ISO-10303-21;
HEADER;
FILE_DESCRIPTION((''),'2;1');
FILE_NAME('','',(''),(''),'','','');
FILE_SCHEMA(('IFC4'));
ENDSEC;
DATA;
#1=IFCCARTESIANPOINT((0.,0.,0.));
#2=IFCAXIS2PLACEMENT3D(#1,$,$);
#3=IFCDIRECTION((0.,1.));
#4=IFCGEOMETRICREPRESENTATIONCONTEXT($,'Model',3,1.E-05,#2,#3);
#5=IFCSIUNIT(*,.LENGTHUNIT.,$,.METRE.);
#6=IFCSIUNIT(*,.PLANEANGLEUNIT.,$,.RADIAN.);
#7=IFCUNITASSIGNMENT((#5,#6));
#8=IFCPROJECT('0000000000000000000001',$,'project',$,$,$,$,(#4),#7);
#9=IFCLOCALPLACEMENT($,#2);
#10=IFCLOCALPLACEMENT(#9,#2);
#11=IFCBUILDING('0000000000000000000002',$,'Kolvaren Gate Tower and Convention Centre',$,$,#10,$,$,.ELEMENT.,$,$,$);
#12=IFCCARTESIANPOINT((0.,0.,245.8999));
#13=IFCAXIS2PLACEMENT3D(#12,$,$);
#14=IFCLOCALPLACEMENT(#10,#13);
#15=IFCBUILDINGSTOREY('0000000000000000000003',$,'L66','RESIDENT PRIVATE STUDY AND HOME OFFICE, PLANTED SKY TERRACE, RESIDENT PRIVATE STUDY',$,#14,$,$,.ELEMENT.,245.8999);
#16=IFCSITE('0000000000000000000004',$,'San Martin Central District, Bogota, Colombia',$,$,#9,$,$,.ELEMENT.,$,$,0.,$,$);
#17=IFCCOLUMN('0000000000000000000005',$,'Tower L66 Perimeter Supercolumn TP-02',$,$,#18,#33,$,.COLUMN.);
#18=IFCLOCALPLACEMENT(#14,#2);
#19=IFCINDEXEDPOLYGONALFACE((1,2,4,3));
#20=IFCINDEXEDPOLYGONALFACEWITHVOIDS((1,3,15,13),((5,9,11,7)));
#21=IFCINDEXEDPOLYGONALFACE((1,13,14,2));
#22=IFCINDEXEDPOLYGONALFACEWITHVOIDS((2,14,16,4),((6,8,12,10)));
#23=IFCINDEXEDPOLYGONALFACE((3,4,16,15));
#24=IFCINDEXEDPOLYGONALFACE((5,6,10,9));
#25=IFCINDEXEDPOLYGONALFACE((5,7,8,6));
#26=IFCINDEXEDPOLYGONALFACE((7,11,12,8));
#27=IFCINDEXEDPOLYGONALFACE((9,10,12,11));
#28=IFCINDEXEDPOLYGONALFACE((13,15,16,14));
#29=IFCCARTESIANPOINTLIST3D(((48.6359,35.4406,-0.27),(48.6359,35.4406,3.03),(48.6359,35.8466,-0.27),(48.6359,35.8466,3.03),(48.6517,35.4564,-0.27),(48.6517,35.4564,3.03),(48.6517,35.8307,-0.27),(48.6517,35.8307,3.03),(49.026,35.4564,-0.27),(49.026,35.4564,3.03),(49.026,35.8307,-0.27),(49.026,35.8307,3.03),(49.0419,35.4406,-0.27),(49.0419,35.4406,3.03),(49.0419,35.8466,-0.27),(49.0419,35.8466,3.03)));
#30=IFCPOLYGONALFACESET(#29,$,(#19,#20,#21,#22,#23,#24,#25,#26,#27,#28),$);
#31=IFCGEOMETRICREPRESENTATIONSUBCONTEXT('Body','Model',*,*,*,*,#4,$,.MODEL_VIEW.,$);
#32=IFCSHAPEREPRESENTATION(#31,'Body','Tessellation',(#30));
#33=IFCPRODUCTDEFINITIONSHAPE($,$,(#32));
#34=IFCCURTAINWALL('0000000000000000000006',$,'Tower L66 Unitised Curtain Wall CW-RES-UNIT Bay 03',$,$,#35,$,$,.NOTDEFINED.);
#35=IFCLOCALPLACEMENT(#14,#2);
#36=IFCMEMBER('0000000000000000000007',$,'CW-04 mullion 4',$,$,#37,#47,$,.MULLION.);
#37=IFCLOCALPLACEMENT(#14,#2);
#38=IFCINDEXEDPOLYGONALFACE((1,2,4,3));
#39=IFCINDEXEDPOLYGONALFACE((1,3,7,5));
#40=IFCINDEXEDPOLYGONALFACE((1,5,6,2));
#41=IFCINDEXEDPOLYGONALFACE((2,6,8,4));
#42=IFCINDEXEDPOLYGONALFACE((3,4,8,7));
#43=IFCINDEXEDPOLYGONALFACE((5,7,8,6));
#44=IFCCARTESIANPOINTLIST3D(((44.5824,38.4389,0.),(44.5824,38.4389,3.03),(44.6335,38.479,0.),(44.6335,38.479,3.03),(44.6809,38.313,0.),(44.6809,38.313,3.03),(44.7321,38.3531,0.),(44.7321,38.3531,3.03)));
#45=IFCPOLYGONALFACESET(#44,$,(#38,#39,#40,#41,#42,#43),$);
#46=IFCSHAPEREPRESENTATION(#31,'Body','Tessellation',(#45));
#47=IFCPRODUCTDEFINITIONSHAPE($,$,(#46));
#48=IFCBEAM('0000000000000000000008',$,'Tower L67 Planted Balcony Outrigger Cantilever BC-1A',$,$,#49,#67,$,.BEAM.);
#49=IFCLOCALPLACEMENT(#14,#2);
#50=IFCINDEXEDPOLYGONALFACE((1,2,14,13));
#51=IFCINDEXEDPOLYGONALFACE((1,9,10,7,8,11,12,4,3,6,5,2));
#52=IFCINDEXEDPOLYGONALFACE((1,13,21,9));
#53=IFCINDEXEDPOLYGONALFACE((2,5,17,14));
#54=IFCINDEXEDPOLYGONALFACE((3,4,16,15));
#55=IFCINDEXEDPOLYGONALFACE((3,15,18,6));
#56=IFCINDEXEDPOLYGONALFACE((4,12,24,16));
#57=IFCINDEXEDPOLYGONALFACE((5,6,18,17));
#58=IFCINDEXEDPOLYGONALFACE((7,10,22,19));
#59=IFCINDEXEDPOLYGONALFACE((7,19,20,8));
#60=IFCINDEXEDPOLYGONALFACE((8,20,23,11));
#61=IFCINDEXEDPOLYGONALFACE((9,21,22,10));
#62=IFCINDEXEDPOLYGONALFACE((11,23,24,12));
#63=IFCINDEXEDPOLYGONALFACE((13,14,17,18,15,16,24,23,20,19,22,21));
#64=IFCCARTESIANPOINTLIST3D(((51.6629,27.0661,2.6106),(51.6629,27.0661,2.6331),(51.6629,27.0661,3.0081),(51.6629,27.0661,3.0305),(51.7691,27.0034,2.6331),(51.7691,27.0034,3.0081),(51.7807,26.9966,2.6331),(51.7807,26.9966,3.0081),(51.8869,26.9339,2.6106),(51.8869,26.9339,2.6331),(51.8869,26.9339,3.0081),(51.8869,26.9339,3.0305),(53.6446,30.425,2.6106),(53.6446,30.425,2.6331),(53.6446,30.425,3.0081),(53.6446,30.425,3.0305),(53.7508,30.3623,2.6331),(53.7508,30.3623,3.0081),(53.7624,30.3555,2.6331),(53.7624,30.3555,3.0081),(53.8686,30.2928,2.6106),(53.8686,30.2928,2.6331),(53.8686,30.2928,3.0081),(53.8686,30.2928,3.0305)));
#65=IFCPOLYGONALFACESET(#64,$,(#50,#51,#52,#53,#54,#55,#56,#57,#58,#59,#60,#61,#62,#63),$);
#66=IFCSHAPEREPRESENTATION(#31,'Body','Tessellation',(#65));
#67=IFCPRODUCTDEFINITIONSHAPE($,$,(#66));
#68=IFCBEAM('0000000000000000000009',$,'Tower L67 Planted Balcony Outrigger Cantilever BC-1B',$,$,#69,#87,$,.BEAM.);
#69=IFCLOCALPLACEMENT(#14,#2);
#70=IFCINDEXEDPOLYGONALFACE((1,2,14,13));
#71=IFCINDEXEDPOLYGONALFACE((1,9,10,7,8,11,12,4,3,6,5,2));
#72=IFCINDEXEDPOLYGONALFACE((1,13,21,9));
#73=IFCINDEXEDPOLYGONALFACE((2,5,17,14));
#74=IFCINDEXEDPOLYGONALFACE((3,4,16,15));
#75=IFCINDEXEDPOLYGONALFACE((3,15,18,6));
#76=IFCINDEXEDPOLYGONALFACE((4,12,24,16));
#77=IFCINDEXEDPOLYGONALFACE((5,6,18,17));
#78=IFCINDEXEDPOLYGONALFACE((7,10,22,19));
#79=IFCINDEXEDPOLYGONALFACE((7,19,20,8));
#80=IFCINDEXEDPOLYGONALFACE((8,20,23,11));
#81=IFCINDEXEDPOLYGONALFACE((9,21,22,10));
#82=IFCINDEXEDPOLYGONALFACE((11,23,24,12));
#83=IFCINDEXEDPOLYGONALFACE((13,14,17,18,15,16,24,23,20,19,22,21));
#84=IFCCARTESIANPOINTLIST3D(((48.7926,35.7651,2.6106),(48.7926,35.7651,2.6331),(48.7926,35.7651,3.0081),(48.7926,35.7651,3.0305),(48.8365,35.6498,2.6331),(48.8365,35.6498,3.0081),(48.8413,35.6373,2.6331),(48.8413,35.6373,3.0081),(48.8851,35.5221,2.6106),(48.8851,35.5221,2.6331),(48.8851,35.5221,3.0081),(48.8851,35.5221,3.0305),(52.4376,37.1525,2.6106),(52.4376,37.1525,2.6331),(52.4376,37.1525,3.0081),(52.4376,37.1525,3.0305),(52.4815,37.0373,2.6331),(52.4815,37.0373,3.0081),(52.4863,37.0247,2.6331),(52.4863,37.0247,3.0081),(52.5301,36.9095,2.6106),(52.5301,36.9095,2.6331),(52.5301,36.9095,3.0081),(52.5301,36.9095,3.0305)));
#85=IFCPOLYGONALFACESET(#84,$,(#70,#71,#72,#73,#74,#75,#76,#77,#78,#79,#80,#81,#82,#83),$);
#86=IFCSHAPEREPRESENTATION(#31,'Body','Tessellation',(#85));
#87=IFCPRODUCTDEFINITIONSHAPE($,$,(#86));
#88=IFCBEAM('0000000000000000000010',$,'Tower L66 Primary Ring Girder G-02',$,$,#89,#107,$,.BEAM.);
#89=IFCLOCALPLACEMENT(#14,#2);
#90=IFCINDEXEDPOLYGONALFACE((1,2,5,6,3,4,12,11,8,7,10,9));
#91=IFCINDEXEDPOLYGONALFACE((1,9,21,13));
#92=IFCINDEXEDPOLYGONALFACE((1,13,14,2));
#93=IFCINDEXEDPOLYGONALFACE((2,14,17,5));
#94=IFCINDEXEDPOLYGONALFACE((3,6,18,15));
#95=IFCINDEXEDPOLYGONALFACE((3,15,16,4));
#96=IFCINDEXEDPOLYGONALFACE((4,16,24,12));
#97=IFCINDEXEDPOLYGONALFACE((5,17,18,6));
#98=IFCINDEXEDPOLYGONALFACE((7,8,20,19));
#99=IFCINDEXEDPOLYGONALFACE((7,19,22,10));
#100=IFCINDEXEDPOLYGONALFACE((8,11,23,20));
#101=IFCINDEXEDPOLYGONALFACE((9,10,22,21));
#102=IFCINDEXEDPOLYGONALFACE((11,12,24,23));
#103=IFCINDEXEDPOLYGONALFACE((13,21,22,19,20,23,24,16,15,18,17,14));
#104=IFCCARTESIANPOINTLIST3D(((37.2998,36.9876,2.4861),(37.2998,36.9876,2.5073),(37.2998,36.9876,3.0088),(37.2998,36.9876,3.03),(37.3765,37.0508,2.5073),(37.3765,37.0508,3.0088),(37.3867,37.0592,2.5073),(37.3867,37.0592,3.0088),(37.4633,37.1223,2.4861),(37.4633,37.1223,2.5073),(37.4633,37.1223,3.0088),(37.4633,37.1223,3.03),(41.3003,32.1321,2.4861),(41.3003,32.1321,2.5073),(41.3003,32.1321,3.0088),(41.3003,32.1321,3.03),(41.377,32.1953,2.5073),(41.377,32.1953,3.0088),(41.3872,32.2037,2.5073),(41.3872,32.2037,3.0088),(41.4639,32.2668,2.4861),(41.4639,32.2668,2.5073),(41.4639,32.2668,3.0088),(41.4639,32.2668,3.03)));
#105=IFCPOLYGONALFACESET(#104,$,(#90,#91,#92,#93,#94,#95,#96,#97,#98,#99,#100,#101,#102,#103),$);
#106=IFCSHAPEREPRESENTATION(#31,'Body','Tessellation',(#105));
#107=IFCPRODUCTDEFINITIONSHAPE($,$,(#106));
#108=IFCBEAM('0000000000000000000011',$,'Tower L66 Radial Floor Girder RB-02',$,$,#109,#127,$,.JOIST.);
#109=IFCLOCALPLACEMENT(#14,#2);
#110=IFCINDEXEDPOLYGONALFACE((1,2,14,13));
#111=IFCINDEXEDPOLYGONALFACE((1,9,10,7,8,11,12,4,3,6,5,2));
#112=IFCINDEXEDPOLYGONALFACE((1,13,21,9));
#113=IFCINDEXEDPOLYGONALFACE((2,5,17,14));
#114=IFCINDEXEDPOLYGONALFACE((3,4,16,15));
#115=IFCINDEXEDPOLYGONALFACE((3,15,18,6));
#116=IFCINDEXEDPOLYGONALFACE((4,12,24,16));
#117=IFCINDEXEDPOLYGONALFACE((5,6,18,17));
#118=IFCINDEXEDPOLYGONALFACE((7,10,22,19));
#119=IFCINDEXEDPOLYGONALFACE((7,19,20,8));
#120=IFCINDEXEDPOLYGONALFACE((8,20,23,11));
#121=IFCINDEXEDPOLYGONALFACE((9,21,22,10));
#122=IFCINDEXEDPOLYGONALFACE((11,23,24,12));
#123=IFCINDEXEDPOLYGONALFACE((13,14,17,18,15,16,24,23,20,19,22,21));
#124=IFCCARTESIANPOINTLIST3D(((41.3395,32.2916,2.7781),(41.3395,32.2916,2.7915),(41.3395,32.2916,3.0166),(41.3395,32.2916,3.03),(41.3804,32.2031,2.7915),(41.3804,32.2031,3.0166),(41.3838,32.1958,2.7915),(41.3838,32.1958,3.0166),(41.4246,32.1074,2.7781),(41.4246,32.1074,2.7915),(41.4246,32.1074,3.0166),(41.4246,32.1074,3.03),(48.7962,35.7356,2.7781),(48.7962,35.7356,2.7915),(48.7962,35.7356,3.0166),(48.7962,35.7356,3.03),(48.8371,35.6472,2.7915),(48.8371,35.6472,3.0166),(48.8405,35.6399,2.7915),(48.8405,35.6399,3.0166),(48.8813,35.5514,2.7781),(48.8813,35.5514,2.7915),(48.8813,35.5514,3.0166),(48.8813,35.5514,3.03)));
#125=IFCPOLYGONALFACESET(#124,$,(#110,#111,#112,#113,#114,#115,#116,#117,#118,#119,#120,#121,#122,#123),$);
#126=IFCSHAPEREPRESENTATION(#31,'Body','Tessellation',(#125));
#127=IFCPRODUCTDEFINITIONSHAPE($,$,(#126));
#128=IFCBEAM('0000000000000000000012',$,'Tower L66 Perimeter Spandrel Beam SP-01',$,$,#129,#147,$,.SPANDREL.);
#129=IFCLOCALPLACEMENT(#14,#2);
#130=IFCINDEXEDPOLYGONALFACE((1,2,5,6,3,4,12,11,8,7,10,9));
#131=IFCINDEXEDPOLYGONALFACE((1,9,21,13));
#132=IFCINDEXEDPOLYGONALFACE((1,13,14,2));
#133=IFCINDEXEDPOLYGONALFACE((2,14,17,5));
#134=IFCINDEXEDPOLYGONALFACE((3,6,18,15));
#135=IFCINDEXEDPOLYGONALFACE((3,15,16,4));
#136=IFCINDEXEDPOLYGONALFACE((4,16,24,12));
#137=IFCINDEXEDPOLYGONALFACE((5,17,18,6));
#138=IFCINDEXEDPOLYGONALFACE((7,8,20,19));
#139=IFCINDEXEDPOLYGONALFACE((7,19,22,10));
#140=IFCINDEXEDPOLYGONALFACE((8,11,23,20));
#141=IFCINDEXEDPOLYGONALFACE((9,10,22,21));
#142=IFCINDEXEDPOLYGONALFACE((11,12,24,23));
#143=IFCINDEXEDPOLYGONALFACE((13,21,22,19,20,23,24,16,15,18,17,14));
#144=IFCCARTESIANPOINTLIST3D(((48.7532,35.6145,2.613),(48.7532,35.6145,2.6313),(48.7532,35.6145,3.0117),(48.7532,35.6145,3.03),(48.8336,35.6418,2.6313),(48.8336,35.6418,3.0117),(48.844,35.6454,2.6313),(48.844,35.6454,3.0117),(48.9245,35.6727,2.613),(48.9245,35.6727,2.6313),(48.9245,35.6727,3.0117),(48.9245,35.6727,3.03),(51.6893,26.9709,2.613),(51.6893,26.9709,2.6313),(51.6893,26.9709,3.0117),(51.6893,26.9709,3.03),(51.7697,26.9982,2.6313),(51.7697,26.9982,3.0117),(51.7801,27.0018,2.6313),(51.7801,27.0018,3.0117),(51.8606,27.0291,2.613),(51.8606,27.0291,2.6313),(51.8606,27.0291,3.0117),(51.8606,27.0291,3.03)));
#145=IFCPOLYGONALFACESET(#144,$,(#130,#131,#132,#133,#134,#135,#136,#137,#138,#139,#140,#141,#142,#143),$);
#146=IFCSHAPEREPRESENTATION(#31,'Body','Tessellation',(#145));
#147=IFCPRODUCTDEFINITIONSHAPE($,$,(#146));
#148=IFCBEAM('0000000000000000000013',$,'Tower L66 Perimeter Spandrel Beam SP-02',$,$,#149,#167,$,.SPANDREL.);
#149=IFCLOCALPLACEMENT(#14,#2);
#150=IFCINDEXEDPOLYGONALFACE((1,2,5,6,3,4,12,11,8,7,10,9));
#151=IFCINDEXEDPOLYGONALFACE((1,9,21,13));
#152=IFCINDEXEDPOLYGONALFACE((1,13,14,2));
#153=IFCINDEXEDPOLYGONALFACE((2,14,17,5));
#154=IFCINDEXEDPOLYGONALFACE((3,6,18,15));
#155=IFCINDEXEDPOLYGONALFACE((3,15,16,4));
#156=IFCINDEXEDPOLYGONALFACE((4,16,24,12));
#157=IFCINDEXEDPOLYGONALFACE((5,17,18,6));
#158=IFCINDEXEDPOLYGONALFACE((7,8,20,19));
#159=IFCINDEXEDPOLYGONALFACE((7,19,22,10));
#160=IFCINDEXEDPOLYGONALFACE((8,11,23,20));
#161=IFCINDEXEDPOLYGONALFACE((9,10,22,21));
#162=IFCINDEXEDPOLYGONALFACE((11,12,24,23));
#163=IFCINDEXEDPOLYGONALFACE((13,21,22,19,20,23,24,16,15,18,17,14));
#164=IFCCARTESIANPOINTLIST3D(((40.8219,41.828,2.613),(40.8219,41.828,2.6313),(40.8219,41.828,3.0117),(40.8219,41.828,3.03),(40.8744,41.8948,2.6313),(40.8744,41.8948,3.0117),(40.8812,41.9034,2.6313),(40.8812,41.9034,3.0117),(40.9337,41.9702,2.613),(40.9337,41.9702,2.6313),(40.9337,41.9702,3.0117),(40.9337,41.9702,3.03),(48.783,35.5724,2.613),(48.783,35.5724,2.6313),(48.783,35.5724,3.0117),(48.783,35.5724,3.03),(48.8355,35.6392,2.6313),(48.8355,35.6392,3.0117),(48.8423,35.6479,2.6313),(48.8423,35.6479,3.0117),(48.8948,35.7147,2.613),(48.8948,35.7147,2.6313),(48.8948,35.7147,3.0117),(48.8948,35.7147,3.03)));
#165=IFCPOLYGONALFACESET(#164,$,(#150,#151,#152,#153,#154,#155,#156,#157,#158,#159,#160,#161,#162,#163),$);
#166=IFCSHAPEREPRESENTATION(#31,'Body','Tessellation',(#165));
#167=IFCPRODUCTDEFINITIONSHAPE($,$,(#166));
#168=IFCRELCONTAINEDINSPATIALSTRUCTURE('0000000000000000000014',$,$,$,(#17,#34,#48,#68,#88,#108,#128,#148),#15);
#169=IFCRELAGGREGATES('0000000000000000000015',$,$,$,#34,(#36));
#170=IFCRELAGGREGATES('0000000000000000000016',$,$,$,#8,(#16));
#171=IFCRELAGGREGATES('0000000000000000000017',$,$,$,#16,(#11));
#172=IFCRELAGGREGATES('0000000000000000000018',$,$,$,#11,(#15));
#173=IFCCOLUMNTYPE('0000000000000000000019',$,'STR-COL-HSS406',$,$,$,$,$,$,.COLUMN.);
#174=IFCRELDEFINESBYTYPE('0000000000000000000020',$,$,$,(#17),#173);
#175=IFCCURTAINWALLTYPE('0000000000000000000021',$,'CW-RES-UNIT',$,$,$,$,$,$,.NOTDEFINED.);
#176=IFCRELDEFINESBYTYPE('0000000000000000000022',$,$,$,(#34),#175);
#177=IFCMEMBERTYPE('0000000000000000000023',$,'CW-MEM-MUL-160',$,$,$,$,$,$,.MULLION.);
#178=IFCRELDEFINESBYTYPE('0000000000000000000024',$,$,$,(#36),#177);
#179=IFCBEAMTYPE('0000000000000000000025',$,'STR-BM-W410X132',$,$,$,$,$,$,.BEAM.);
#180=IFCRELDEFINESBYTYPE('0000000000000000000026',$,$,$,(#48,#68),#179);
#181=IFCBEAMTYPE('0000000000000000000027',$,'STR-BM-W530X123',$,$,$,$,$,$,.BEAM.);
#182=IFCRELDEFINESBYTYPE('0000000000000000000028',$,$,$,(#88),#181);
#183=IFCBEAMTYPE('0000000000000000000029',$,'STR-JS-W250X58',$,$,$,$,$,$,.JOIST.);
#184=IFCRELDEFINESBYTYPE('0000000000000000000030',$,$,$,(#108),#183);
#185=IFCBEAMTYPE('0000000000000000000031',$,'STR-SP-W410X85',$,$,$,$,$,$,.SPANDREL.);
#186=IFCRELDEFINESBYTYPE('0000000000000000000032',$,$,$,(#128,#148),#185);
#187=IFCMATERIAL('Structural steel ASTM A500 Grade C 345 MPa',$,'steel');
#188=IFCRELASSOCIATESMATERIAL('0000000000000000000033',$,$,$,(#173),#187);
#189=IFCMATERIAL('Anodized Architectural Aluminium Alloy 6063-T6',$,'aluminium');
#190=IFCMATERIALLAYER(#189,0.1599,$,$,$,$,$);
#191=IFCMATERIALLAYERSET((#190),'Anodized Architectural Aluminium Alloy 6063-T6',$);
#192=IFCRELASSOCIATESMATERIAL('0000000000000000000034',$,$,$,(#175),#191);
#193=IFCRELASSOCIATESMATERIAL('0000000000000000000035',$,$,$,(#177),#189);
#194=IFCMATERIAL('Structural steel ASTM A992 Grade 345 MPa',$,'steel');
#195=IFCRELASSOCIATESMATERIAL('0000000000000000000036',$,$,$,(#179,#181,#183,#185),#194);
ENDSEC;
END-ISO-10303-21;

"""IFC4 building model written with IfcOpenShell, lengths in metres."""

from ifc_helpers import new_model, si_unit, direction, frame, origin, origin_2d, place, context, subcontext, project, spatial, rectangle, hollow_rectangle, i_section, extrude, material, layer, layer_set, material_profile, profile_set, type_object, element, aggregate, save


model = new_model("IFC4")

# Units and contexts
model_context = context("Model", 3, precision=1e-05, world=origin(), true_north=direction((0.0, 1.0)))
body_context = subcontext(model_context, "Body", "Model", "MODEL_VIEW")
ifc_project = project(units=[si_unit("LENGTHUNIT", "METRE"), si_unit("PLANEANGLEUNIT", "RADIAN")], contexts=[model_context])

# Site, building, storey
site_placement = place(None, origin())
site = spatial("IfcSite", under=ifc_project, at=site_placement, Name="San Martin Central District, Bogota, Colombia", CompositionType="ELEMENT", RefElevation=0.0)
building_placement = place(site_placement, origin())
building = spatial("IfcBuilding", under=site, at=building_placement, Name="Kolvaren Gate Tower and Convention Centre", CompositionType="ELEMENT")
storey_placement = place(building_placement, frame((0.0, 0.0, 245.8999)))
storey = spatial("IfcBuildingStorey", under=building, at=storey_placement, Name="L66", Description="RESIDENT PRIVATE STUDY AND HOME OFFICE, PLANTED SKY TERRACE, RESIDENT PRIVATE STUDY", CompositionType="ELEMENT", Elevation=245.8999)

# Column
ifc_material_1 = material(Name="Structural steel ASTM A500 Grade C 345 MPa", Category="steel")
ifc_material_profile_1 = material_profile(ifc_material_1, hollow_rectangle(XDim=0.406, YDim=0.406, WallThickness=0.0159, at=origin_2d()), Name="HSS406X406X15.9")
ifc_profile_set_1 = profile_set([ifc_material_profile_1], Name="Structural steel ASTM A500 Grade C 345 MPa")
column_type = type_object("IfcColumnType", Name="STR-COL-HSS406", PredefinedType="COLUMN", material=ifc_profile_set_1)
column_placement = place(storey_placement, frame((48.8389, 35.6436, -0.27), z_axis=(0.0, 0.0, 1.0), x_axis=(1.0, 0.0, 0.0)))
element("IfcColumn", 1, at=column_placement, inside=storey, type_object=column_type, Name="Tower L66 Perimeter Supercolumn TP-02", PredefinedType="COLUMN", context=body_context, shape_type="SweptSolid", body=[
    extrude(hollow_rectangle(XDim=0.406, YDim=0.406, WallThickness=0.0159, at=origin_2d()), origin(), (0.0, 0.0, 1.0), 3.3),
])

# Curtain wall, member
ifc_material_2 = material(Name="Anodized Architectural Aluminium Alloy 6063-T6", Category="aluminium")
ifc_layer_1 = layer(ifc_material_2, 0.1599)
ifc_layer_set_1 = layer_set([ifc_layer_1], Name="Anodized Architectural Aluminium Alloy 6063-T6")
curtain_wall_type = type_object("IfcCurtainWallType", Name="CW-RES-UNIT", PredefinedType="NOTDEFINED", material=ifc_layer_set_1)
curtain_wall_placement = place(storey_placement, origin())
curtain_wall = element("IfcCurtainWall", 2, at=curtain_wall_placement, inside=storey, type_object=curtain_wall_type, Name="Tower L66 Unitised Curtain Wall CW-RES-UNIT Bay 03", PredefinedType="NOTDEFINED")
ifc_material_profile_2 = material_profile(ifc_material_2, rectangle(XDim=0.0649, YDim=0.1599, at=origin_2d()), Name="CW-MEM-MUL-160")
ifc_profile_set_2 = profile_set([ifc_material_profile_2], Name="Anodized Architectural Aluminium Alloy 6063-T6")
member_type = type_object("IfcMemberType", Name="CW-MEM-MUL-160", PredefinedType="MULLION", material=ifc_profile_set_2)
member_placement = place(storey_placement, frame((44.6572, 38.396, 0.0), z_axis=(0.0, 0.0, 1.0), x_axis=(0.787403, 0.616439, 0.0)))
member = element("IfcMember", 3, at=member_placement, type_object=member_type, Name="CW-04 mullion 4", PredefinedType="MULLION", context=body_context, shape_type="SweptSolid", body=[
    extrude(rectangle(XDim=0.0649, YDim=0.1599, at=origin_2d()), origin(), (0.0, 0.0, 1.0), 3.03),
])
aggregate(curtain_wall, [member])

# Beams
ifc_material_3 = material(Name="Structural steel ASTM A992 Grade 345 MPa", Category="steel")
ifc_material_profile_3 = material_profile(ifc_material_3, i_section(OverallWidth=0.26, OverallDepth=0.4199, WebThickness=0.0134, FlangeThickness=0.0225, at=origin_2d()), Name="W410X132")
ifc_profile_set_3 = profile_set([ifc_material_profile_3], Name="Structural steel ASTM A992 Grade 345 MPa")
beam_type_1 = type_object("IfcBeamType", Name="STR-BM-W410X132", PredefinedType="BEAM", material=ifc_profile_set_3)
beam_1_placement = place(storey_placement, frame((51.7749, 27.0, 2.8206), z_axis=(0.508139, 0.861275, 0.0), x_axis=(-0.861275, 0.508139, 0.0)))
element("IfcBeam", 4, at=beam_1_placement, inside=storey, type_object=beam_type_1, Name="Tower L67 Planted Balcony Outrigger Cantilever BC-1A", PredefinedType="BEAM", context=body_context, shape_type="SweptSolid", body=[
    extrude(i_section(OverallWidth=0.26, OverallDepth=0.4199, WebThickness=0.0134, FlangeThickness=0.0225, at=origin_2d()), origin(), (0.0, 0.0, 1.0), 3.8999),
])
beam_2_placement = place(storey_placement, frame((48.8389, 35.6436, 2.8206), z_axis=(0.934584, 0.355743, 0.0), x_axis=(-0.355743, 0.934584, 0.0)))
element("IfcBeam", 5, at=beam_2_placement, inside=storey, type_object=beam_type_1, Name="Tower L67 Planted Balcony Outrigger Cantilever BC-1B", PredefinedType="BEAM", context=body_context, shape_type="SweptSolid", body=[
    extrude(i_section(OverallWidth=0.26, OverallDepth=0.4199, WebThickness=0.0134, FlangeThickness=0.0225, at=origin_2d()), origin(), (0.0, 0.0, 1.0), 3.9001),
])
ifc_material_profile_4 = material_profile(ifc_material_3, i_section(OverallWidth=0.2119, OverallDepth=0.5439, WebThickness=0.0132, FlangeThickness=0.0212, at=origin_2d()), Name="W530X123")
ifc_profile_set_4 = profile_set([ifc_material_profile_4], Name="Structural steel ASTM A992 Grade 345 MPa")
beam_type_2 = type_object("IfcBeamType", Name="STR-BM-W530X123", PredefinedType="BEAM", material=ifc_profile_set_4)
beam_3_placement = place(storey_placement, frame((41.3821, 32.1995, 2.7581), z_axis=(-0.635884, 0.771785, 0.0), x_axis=(-0.771785, -0.635884, 0.0)))
element("IfcBeam", 6, at=beam_3_placement, inside=storey, type_object=beam_type_2, Name="Tower L66 Primary Ring Girder G-02", PredefinedType="BEAM", context=body_context, shape_type="SweptSolid", body=[
    extrude(i_section(OverallWidth=0.2119, OverallDepth=0.5439, WebThickness=0.0132, FlangeThickness=0.0212, at=origin_2d()), origin(), (0.0, 0.0, 1.0), 6.2913),
])
ifc_material_profile_5 = material_profile(ifc_material_3, i_section(OverallWidth=0.2029, OverallDepth=0.252, WebThickness=0.0081, FlangeThickness=0.0134, at=origin_2d()), Name="W250X58")
ifc_profile_set_5 = profile_set([ifc_material_profile_5], Name="Structural steel ASTM A992 Grade 345 MPa")
beam_type_3 = type_object("IfcBeamType", Name="STR-JS-W250X58", PredefinedType="JOIST", material=ifc_profile_set_5)
beam_4_placement = place(storey_placement, frame((41.3821, 32.1995, 2.9041), z_axis=(0.907844, 0.419309, 0.0), x_axis=(-0.419309, 0.907844, 0.0)))
element("IfcBeam", 7, at=beam_4_placement, inside=storey, type_object=beam_type_3, Name="Tower L66 Radial Floor Girder RB-02", PredefinedType="JOIST", context=body_context, shape_type="SweptSolid", body=[
    extrude(i_section(OverallWidth=0.2029, OverallDepth=0.252, WebThickness=0.0081, FlangeThickness=0.0134, at=origin_2d()), origin(), (0.0, 0.0, 1.0), 8.2136),
])
ifc_material_profile_6 = material_profile(ifc_material_3, i_section(OverallWidth=0.1809, OverallDepth=0.417, WebThickness=0.011, FlangeThickness=0.0183, at=origin_2d()), Name="W410X85")
ifc_profile_set_6 = profile_set([ifc_material_profile_6], Name="Structural steel ASTM A992 Grade 345 MPa")
beam_type_4 = type_object("IfcBeamType", Name="STR-SP-W410X85", PredefinedType="SPANDREL", material=ifc_profile_set_6)
beam_5_placement = place(storey_placement, frame((51.7749, 27.0, 2.8215), z_axis=(-0.32163, 0.946865, 0.0), x_axis=(-0.946865, -0.32163, 0.0)))
element("IfcBeam", 8, at=beam_5_placement, inside=storey, type_object=beam_type_4, Name="Tower L66 Perimeter Spandrel Beam SP-01", PredefinedType="SPANDREL", context=body_context, shape_type="SweptSolid", body=[
    extrude(i_section(OverallWidth=0.1809, OverallDepth=0.417, WebThickness=0.011, FlangeThickness=0.0183, at=origin_2d()), origin(), (0.0, 0.0, 1.0), 9.1287),
])
beam_6_placement = place(storey_placement, frame((48.8389, 35.6436, 2.8215), z_axis=(-0.786299, 0.617846, 0.0), x_axis=(-0.617846, -0.786299, 0.0)))
element("IfcBeam", 9, at=beam_6_placement, inside=storey, type_object=beam_type_4, Name="Tower L66 Perimeter Spandrel Beam SP-02", PredefinedType="SPANDREL", context=body_context, shape_type="SweptSolid", body=[
    extrude(i_section(OverallWidth=0.1809, OverallDepth=0.417, WebThickness=0.011, FlangeThickness=0.0183, at=origin_2d()), origin(), (0.0, 0.0, 1.0), 10.1248),
])

save(model, "model.ifc")
